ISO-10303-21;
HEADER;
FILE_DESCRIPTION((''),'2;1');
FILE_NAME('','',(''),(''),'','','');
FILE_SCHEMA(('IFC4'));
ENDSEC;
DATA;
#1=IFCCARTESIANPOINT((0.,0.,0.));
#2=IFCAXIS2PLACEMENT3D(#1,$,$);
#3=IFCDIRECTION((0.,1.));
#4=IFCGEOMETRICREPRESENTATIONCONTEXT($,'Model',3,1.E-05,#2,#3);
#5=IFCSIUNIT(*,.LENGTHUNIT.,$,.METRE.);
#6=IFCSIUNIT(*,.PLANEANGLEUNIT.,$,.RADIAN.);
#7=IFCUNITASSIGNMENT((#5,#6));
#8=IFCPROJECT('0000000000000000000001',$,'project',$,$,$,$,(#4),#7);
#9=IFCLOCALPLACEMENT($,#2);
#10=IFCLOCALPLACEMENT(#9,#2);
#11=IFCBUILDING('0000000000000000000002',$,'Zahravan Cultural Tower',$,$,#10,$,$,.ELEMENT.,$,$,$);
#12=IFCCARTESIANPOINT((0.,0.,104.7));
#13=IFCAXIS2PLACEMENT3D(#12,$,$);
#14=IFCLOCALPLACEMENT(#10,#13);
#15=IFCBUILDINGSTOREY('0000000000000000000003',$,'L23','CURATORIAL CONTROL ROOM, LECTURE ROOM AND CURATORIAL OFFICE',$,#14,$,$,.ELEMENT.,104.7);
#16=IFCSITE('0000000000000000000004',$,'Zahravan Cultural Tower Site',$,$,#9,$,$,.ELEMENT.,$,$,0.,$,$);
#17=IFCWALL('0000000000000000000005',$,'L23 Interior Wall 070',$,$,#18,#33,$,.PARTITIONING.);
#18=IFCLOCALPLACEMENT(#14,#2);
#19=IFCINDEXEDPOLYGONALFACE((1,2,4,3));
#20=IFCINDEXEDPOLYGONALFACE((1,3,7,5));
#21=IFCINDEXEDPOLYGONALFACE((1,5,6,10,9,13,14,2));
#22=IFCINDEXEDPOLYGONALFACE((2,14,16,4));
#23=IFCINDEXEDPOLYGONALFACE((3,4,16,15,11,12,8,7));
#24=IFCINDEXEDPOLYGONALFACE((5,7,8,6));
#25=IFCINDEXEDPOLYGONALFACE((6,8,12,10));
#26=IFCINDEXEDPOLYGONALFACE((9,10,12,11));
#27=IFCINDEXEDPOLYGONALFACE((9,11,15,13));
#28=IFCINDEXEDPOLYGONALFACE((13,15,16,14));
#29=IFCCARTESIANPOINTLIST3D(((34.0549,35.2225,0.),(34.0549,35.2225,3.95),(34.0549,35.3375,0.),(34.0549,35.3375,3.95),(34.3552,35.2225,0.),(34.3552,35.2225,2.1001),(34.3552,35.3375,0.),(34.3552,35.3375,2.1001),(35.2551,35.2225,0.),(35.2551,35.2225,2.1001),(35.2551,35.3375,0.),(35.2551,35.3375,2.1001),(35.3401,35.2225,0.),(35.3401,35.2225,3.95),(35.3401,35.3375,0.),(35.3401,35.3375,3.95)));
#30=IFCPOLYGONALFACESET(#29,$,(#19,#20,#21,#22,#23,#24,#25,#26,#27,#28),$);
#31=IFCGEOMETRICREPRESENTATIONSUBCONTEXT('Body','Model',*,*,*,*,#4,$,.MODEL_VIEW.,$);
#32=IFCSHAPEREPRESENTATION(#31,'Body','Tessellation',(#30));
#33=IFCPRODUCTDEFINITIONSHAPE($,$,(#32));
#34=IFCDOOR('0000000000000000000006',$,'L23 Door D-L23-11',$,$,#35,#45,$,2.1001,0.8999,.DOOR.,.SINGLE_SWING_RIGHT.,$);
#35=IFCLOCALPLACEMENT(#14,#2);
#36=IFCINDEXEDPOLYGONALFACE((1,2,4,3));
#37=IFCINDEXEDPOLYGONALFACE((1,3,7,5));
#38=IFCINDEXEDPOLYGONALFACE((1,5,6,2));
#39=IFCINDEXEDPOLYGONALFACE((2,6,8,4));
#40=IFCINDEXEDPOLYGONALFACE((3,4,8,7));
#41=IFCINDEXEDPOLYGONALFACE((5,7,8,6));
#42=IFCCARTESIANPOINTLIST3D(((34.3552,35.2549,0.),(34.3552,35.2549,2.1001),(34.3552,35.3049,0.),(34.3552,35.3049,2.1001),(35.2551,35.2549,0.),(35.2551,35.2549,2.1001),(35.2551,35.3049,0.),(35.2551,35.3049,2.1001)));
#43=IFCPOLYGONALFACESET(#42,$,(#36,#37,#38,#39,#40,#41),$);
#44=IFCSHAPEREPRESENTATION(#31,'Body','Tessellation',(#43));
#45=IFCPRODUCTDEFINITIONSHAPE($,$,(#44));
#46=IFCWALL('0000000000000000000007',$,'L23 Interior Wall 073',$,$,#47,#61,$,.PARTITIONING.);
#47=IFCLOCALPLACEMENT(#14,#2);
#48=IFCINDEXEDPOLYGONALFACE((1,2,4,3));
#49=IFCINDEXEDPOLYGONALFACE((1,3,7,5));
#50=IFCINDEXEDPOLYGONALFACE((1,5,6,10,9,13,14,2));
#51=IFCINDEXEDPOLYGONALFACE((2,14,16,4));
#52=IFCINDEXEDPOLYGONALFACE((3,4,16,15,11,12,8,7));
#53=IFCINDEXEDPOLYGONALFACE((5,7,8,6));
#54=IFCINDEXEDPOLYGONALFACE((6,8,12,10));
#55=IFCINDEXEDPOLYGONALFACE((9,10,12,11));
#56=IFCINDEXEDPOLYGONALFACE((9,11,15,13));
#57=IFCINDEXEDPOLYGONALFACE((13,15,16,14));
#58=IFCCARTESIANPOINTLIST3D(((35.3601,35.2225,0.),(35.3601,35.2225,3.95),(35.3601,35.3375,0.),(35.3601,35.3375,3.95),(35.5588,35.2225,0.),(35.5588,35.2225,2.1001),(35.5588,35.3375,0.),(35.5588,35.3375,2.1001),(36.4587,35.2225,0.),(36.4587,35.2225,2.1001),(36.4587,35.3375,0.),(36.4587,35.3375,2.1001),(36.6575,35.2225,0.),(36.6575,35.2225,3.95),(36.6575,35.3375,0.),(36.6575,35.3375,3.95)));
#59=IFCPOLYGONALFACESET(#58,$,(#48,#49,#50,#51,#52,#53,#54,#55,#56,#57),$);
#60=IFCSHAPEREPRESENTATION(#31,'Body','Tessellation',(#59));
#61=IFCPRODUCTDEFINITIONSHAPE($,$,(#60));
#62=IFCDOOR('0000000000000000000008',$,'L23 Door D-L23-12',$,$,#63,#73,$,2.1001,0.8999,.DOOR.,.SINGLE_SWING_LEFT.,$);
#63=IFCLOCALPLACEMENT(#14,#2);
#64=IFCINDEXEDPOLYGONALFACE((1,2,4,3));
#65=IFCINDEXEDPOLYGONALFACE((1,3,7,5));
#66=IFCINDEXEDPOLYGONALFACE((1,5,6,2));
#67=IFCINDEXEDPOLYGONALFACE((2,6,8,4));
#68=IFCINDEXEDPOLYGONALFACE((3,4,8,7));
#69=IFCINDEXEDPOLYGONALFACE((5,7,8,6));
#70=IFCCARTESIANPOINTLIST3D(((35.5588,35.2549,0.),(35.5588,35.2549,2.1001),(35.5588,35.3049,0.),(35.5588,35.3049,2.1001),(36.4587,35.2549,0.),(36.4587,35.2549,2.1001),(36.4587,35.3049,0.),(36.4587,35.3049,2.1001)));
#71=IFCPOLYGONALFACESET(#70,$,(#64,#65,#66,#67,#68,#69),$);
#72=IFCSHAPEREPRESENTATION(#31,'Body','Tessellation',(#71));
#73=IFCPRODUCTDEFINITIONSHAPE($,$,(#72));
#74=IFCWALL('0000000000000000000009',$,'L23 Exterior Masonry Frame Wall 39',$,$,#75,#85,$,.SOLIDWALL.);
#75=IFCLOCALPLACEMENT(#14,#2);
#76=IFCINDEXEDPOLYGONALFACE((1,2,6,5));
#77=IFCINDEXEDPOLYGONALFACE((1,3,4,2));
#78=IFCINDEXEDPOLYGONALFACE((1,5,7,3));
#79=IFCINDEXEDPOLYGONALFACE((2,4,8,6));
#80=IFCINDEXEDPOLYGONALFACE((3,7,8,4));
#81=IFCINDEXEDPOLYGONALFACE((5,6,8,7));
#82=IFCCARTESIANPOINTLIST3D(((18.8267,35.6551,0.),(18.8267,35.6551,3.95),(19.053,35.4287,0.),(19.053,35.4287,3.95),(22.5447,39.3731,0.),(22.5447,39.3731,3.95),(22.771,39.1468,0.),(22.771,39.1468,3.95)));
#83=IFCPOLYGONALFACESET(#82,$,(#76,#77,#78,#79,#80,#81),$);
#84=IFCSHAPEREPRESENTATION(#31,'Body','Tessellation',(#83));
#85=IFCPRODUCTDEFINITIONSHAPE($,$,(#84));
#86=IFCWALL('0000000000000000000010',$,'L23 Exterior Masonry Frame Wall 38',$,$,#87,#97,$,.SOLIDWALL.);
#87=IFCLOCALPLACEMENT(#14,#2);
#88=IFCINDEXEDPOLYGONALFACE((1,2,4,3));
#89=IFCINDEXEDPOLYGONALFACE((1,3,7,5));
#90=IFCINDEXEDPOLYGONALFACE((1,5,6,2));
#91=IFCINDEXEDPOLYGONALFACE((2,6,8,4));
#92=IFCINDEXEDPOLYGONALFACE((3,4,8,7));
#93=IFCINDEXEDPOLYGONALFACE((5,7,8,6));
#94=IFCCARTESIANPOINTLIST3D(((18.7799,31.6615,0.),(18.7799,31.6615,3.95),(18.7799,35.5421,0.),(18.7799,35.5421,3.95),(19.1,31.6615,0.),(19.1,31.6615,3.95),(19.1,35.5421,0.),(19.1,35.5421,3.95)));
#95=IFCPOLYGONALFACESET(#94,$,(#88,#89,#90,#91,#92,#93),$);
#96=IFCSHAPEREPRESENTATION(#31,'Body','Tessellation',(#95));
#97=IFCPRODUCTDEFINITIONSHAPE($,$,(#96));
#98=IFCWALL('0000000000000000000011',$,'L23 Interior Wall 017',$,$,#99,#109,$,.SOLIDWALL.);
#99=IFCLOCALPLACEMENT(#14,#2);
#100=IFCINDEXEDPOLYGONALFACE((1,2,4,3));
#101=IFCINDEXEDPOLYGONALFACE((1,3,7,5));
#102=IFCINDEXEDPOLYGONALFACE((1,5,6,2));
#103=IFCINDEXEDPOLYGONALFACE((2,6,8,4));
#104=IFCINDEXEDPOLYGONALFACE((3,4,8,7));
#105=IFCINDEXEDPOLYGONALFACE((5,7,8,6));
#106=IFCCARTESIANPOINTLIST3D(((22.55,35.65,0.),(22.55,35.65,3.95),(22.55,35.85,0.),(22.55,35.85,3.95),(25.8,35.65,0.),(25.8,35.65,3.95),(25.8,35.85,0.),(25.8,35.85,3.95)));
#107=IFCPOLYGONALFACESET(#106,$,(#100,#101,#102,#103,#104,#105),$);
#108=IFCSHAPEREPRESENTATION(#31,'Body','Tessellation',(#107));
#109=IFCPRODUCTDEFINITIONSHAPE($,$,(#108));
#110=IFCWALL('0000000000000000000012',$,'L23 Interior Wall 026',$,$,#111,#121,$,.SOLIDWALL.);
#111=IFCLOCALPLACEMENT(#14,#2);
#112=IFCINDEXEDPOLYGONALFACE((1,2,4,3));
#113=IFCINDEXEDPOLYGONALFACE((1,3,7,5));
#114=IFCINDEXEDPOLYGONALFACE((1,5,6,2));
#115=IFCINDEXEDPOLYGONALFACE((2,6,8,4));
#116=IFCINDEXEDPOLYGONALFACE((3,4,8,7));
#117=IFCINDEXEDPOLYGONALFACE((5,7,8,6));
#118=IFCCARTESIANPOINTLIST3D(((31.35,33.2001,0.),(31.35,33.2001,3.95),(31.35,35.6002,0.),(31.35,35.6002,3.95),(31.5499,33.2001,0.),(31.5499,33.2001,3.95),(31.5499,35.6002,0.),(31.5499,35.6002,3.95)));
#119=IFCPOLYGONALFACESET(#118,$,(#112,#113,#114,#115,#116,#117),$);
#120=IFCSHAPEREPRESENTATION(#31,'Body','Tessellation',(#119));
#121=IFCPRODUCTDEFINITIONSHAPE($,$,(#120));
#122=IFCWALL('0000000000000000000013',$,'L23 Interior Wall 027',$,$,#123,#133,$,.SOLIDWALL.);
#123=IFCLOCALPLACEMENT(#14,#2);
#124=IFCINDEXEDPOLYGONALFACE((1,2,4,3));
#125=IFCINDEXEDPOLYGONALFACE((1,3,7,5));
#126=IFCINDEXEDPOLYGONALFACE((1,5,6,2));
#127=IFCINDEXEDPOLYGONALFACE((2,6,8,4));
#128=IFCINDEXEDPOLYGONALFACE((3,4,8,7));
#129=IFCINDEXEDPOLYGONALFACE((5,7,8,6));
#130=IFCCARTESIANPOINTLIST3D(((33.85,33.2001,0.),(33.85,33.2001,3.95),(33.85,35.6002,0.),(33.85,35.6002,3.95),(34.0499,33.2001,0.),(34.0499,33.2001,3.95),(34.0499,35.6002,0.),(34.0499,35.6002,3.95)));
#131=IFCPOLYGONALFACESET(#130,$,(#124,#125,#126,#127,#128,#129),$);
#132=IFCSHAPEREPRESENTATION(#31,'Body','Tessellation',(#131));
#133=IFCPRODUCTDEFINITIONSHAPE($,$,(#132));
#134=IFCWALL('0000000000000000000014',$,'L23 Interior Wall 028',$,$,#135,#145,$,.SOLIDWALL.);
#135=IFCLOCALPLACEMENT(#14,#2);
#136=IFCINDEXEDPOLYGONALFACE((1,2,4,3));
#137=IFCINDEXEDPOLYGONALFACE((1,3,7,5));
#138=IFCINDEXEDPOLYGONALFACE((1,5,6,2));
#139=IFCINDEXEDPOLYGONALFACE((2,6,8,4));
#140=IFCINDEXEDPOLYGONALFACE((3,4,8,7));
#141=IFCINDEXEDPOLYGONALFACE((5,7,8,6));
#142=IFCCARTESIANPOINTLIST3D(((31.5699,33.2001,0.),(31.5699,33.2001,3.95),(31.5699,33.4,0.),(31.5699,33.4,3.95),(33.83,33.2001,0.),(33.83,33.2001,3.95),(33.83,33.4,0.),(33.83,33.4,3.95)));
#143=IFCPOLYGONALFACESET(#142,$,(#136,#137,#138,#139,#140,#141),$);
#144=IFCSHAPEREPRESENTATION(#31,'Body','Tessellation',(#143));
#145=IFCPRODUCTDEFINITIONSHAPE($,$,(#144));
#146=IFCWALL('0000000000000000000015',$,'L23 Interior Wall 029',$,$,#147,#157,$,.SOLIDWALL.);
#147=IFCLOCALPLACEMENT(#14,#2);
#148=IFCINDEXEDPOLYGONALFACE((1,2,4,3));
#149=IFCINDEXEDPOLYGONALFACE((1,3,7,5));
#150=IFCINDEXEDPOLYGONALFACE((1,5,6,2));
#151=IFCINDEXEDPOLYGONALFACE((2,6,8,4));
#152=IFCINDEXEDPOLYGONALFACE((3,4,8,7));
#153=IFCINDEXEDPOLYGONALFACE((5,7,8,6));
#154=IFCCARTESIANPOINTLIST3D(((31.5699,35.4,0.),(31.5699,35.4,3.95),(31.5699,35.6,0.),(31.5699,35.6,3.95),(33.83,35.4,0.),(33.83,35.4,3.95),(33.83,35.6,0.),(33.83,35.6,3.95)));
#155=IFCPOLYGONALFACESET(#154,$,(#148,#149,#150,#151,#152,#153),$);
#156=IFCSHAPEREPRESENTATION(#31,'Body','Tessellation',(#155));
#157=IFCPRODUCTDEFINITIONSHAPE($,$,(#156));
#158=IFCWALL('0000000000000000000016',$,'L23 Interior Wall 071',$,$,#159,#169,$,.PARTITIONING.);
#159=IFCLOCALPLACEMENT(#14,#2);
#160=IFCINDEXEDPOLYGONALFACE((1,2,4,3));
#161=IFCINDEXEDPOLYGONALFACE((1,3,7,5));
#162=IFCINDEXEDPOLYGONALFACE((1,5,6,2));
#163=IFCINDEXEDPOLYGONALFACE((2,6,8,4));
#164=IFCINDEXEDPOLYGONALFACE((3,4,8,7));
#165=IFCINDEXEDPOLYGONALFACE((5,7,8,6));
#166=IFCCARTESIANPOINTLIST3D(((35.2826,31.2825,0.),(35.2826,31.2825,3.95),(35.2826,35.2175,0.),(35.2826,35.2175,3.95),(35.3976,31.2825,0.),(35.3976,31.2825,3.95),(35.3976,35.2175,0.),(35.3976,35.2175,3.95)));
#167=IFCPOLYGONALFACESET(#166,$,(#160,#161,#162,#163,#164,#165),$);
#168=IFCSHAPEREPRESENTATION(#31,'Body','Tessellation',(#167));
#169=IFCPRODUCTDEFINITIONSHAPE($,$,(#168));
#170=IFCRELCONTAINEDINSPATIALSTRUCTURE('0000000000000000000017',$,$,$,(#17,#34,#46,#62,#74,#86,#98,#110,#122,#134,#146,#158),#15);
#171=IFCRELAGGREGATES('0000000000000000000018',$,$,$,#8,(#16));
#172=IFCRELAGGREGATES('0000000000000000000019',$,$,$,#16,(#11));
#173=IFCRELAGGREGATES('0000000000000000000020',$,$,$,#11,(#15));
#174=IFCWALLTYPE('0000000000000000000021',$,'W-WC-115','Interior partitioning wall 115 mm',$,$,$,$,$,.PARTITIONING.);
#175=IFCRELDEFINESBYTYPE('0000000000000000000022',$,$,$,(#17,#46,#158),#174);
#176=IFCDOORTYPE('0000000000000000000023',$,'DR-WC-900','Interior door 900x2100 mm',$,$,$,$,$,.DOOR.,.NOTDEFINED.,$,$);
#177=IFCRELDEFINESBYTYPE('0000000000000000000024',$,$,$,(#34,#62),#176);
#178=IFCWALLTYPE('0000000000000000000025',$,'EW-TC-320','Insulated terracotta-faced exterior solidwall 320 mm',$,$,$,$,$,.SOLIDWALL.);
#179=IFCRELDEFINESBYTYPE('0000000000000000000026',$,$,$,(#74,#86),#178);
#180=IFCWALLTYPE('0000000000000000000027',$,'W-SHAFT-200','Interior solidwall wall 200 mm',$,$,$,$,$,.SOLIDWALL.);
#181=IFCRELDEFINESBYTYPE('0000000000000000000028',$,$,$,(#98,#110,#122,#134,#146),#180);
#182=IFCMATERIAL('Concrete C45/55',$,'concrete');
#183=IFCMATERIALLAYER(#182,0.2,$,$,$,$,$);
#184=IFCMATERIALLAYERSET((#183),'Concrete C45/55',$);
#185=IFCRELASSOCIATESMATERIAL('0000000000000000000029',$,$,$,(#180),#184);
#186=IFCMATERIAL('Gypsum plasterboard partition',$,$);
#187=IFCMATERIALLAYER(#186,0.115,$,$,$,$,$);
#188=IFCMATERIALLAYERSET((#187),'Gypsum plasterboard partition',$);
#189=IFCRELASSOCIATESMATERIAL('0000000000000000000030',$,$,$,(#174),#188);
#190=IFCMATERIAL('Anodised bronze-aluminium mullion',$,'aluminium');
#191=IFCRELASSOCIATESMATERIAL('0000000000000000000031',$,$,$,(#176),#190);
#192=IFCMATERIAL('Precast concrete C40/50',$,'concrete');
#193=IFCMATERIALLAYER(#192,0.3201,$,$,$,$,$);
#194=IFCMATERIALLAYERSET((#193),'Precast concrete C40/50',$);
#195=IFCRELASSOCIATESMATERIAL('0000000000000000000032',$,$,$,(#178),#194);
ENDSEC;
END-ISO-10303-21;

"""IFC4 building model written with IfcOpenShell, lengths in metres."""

from ifc_helpers import new_model, si_unit, direction, frame, frame_2d, origin, place, context, subcontext, project, spatial, rectangle, extrude, source, transform, mapped, material, layer, layer_set, type_object, element, fill, save


model = new_model("IFC4")

# Units and contexts
model_context = context("Model", 3, precision=1e-05, world=origin(), true_north=direction((0.0, 1.0)))
body_context = subcontext(model_context, "Body", "Model", "MODEL_VIEW")
ifc_project = project(units=[si_unit("LENGTHUNIT", "METRE"), si_unit("PLANEANGLEUNIT", "RADIAN")], contexts=[model_context])

# Site, building, storey
site_placement = place(None, origin())
site = spatial("IfcSite", under=ifc_project, at=site_placement, Name="Zahravan Cultural Tower Site", CompositionType="ELEMENT", RefElevation=0.0)
building_placement = place(site_placement, origin())
building = spatial("IfcBuilding", under=site, at=building_placement, Name="Zahravan Cultural Tower", CompositionType="ELEMENT")
storey_placement = place(building_placement, frame((0.0, 0.0, 104.7)))
storey = spatial("IfcBuildingStorey", under=building, at=storey_placement, Name="L23", Description="CURATORIAL CONTROL ROOM, LECTURE ROOM AND CURATORIAL OFFICE", CompositionType="ELEMENT", Elevation=104.7)

# Walls, openings, doors
ifc_material_1 = material(Name="Gypsum plasterboard partition")
ifc_material_2 = material(Name="Anodised bronze-aluminium mullion", Category="aluminium")
ifc_material_3 = material(Name="Concrete C45/55", Category="concrete")
ifc_layer_1 = layer(ifc_material_3, 0.2)
ifc_layer_set_1 = layer_set([ifc_layer_1], Name="Concrete C45/55")
wall_type_1 = type_object("IfcWallType", Name="W-SHAFT-200", Description="Interior solidwall wall 200 mm", PredefinedType="SOLIDWALL", material=ifc_layer_set_1)
ifc_layer_2 = layer(ifc_material_1, 0.115)
ifc_layer_set_2 = layer_set([ifc_layer_2], Name="Gypsum plasterboard partition")
wall_type_2 = type_object("IfcWallType", Name="W-WC-115", Description="Interior partitioning wall 115 mm", PredefinedType="PARTITIONING", material=ifc_layer_set_2)
wall_1_placement = place(storey_placement, frame((34.0549, 35.28, 0.0), z_axis=(0.0, 0.0, 1.0), x_axis=(1.0, 0.0, 0.0)))
wall_1 = element("IfcWall", 1, at=wall_1_placement, inside=storey, type_object=wall_type_2, Name="L23 Interior Wall 070", PredefinedType="PARTITIONING", context=body_context, shape_type="SweptSolid", body=[
    extrude(rectangle(XDim=1.2852, YDim=0.115, at=frame_2d((0.6426, 0.0))), origin(), (0.0, 0.0, 1.0), 3.95),
])
opening_1_placement = place(wall_1_placement, frame((0.3003, 0.0, 0.0)))
opening_1 = element("IfcOpeningElement", 2, at=opening_1_placement, cuts=wall_1, PredefinedType="OPENING", context=body_context, shape_type="SweptSolid", body=[
    extrude(rectangle(XDim=0.8999, YDim=2.1001, at=frame_2d((0.45, 1.05))), frame((0.0, 0.0674, 0.0), z_axis=(0.0, -1.0, 0.0), x_axis=(1.0, 0.0, 0.0)), (0.0, 0.0, 1.0), 0.135),
])
door_type_1 = type_object("IfcDoorType", Name="DR-WC-900", Description="Interior door 900x2100 mm", OperationType="NOTDEFINED", PredefinedType="DOOR", material=ifc_material_2)
shared_shape_1 = source(origin(), body_context, "Body", "SweptSolid", [
    extrude(rectangle(XDim=0.8999, YDim=2.1001, at=frame_2d((0.45, 1.05))), frame((0.0, 0.0249, 0.0), z_axis=(0.0, -1.0, 0.0), x_axis=(1.0, 0.0, 0.0)), (0.0, 0.0, 1.0), 0.05),
])
door_1_placement = place(opening_1_placement, origin())
door_1 = element("IfcDoor", 3, at=door_1_placement, inside=storey, type_object=door_type_1, Name="L23 Door D-L23-11", OperationType="SINGLE_SWING_RIGHT", OverallHeight=2.1001, OverallWidth=0.8999, PredefinedType="DOOR", context=body_context, shape_type="MappedRepresentation", body=[
    mapped(shared_shape_1, transform((0.0, 0.0, 0.0), x_axis=(1.0, 0.0, 0.0), y_axis=(0.0, 1.0, 0.0), z_axis=(0.0, 0.0, 1.0), scale=1.0)),
])
fill(opening_1, door_1)
wall_2_placement = place(storey_placement, frame((35.3601, 35.28, 0.0), z_axis=(0.0, 0.0, 1.0), x_axis=(1.0, 0.0, 0.0)))
wall_2 = element("IfcWall", 4, at=wall_2_placement, inside=storey, type_object=wall_type_2, Name="L23 Interior Wall 073", PredefinedType="PARTITIONING", context=body_context, shape_type="SweptSolid", body=[
    extrude(rectangle(XDim=1.2974, YDim=0.115, at=frame_2d((0.6487, 0.0))), origin(), (0.0, 0.0, 1.0), 3.95),
])
opening_2_placement = place(wall_2_placement, frame((0.1987, 0.0, 0.0)))
opening_2 = element("IfcOpeningElement", 5, at=opening_2_placement, cuts=wall_2, PredefinedType="OPENING", context=body_context, shape_type="SweptSolid", body=[
    extrude(rectangle(XDim=0.8999, YDim=2.1001, at=frame_2d((0.45, 1.05))), frame((0.0, 0.0674, 0.0), z_axis=(0.0, -1.0, 0.0), x_axis=(1.0, 0.0, 0.0)), (0.0, 0.0, 1.0), 0.135),
])
door_2_placement = place(opening_2_placement, origin())
door_2 = element("IfcDoor", 6, at=door_2_placement, inside=storey, type_object=door_type_1, Name="L23 Door D-L23-12", OperationType="SINGLE_SWING_LEFT", OverallHeight=2.1001, OverallWidth=0.8999, PredefinedType="DOOR", context=body_context, shape_type="MappedRepresentation", body=[
    mapped(shared_shape_1, transform((0.0, 0.0, 0.0), x_axis=(1.0, 0.0, 0.0), y_axis=(0.0, 1.0, 0.0), z_axis=(0.0, 0.0, 1.0), scale=1.0)),
])
fill(opening_2, door_2)

# Walls
ifc_material_4 = material(Name="Precast concrete C40/50", Category="concrete")
ifc_layer_3 = layer(ifc_material_4, 0.3201)
ifc_layer_set_3 = layer_set([ifc_layer_3], Name="Precast concrete C40/50")
wall_type_3 = type_object("IfcWallType", Name="EW-TC-320", Description="Insulated terracotta-faced exterior solidwall 320 mm", PredefinedType="SOLIDWALL", material=ifc_layer_set_3)
shared_shape_2 = source(origin(), body_context, "Body", "SweptSolid", [
    extrude(rectangle(XDim=5.2581, YDim=0.3201, at=frame_2d((2.6289, 0.0))), origin(), (0.0, 0.0, 1.0), 3.95),
])
wall_3_placement = place(storey_placement, frame((18.9399, 35.542, 0.0), z_axis=(0.0, 0.0, 1.0), x_axis=(0.707107, 0.707107, 0.0)))
element("IfcWall", 7, at=wall_3_placement, inside=storey, type_object=wall_type_3, Name="L23 Exterior Masonry Frame Wall 39", PredefinedType="SOLIDWALL", context=body_context, shape_type="MappedRepresentation", body=[
    mapped(shared_shape_2, transform((0.0, 0.0, 0.0), x_axis=(1.0, 0.0, 0.0), y_axis=(0.0, 1.0, 0.0), z_axis=(0.0, 0.0, 1.0), scale=1.0)),
])
shared_shape_3 = source(origin(), body_context, "Body", "SweptSolid", [
    extrude(rectangle(XDim=3.8806, YDim=0.3201, at=frame_2d((1.9404, 0.0))), origin(), (0.0, 0.0, 1.0), 3.95),
])
wall_4_placement = place(storey_placement, frame((18.9399, 31.6614, 0.0), z_axis=(0.0, 0.0, 1.0), x_axis=(0.0, 1.0, 0.0)))
element("IfcWall", 8, at=wall_4_placement, inside=storey, type_object=wall_type_3, Name="L23 Exterior Masonry Frame Wall 38", PredefinedType="SOLIDWALL", context=body_context, shape_type="MappedRepresentation", body=[
    mapped(shared_shape_3, transform((0.0, 0.0, 0.0), x_axis=(1.0, 0.0, 0.0), y_axis=(0.0, 1.0, 0.0), z_axis=(0.0, 0.0, 1.0), scale=1.0)),
])
shared_shape_4 = source(origin(), body_context, "Body", "SweptSolid", [
    extrude(rectangle(XDim=3.25, YDim=0.2, at=frame_2d((1.625, 0.0))), origin(), (0.0, 0.0, 1.0), 3.95),
])
wall_5_placement = place(storey_placement, frame((22.55, 35.75, 0.0), z_axis=(0.0, 0.0, 1.0), x_axis=(1.0, 0.0, 0.0)))
element("IfcWall", 9, at=wall_5_placement, inside=storey, type_object=wall_type_1, Name="L23 Interior Wall 017", PredefinedType="SOLIDWALL", context=body_context, shape_type="MappedRepresentation", body=[
    mapped(shared_shape_4, transform((0.0, 0.0, 0.0), x_axis=(1.0, 0.0, 0.0), y_axis=(0.0, 1.0, 0.0), z_axis=(0.0, 0.0, 1.0), scale=1.0)),
])
shared_shape_5 = source(origin(), body_context, "Body", "SweptSolid", [
    extrude(rectangle(XDim=2.4001, YDim=0.2, at=frame_2d((1.2002, 0.0))), origin(), (0.0, 0.0, 1.0), 3.95),
])
for number, where, z_axis, x_axis, name in (
    (10, (31.45, 33.2, 0.0), (0.0, 0.0, 1.0), (0.0, 1.0, 0.0), "L23 Interior Wall 026"),
    (11, (33.95, 33.2, 0.0), (0.0, 0.0, 1.0), (0.0, 1.0, 0.0), "L23 Interior Wall 027"),
):
    element("IfcWall", number, at=place(storey_placement, frame(where, z_axis=z_axis, x_axis=x_axis)), inside=storey, type_object=wall_type_1, Name=name, PredefinedType="SOLIDWALL", context=body_context, shape_type="MappedRepresentation", body=[
        mapped(shared_shape_5, transform((0.0, 0.0, 0.0), x_axis=(1.0, 0.0, 0.0), y_axis=(0.0, 1.0, 0.0), z_axis=(0.0, 0.0, 1.0), scale=1.0)),
    ])
shared_shape_6 = source(origin(), body_context, "Body", "SweptSolid", [
    extrude(rectangle(XDim=2.26, YDim=0.2, at=frame_2d((1.1299, 0.0))), origin(), (0.0, 0.0, 1.0), 3.95),
])
for number, where, z_axis, x_axis, name in (
    (12, (31.5701, 33.3, 0.0), (0.0, 0.0, 1.0), (1.0, 0.0, 0.0), "L23 Interior Wall 028"),
    (13, (31.5701, 35.5, 0.0), (0.0, 0.0, 1.0), (1.0, 0.0, 0.0), "L23 Interior Wall 029"),
):
    element("IfcWall", number, at=place(storey_placement, frame(where, z_axis=z_axis, x_axis=x_axis)), inside=storey, type_object=wall_type_1, Name=name, PredefinedType="SOLIDWALL", context=body_context, shape_type="MappedRepresentation", body=[
        mapped(shared_shape_6, transform((0.0, 0.0, 0.0), x_axis=(1.0, 0.0, 0.0), y_axis=(0.0, 1.0, 0.0), z_axis=(0.0, 0.0, 1.0), scale=1.0)),
    ])
shared_shape_7 = source(origin(), body_context, "Body", "SweptSolid", [
    extrude(rectangle(XDim=3.9351, YDim=0.115, at=frame_2d((1.9675, 0.0))), origin(), (0.0, 0.0, 1.0), 3.95),
])
wall_6_placement = place(storey_placement, frame((35.3401, 35.2175, 0.0), z_axis=(0.0, 0.0, 1.0), x_axis=(0.0, -1.0, 0.0)))
element("IfcWall", 14, at=wall_6_placement, inside=storey, type_object=wall_type_2, Name="L23 Interior Wall 071", PredefinedType="PARTITIONING", context=body_context, shape_type="MappedRepresentation", body=[
    mapped(shared_shape_7, transform((0.0, 0.0, 0.0), x_axis=(1.0, 0.0, 0.0), y_axis=(0.0, 1.0, 0.0), z_axis=(0.0, 0.0, 1.0), scale=1.0)),
])

save(model, "model.ifc")
